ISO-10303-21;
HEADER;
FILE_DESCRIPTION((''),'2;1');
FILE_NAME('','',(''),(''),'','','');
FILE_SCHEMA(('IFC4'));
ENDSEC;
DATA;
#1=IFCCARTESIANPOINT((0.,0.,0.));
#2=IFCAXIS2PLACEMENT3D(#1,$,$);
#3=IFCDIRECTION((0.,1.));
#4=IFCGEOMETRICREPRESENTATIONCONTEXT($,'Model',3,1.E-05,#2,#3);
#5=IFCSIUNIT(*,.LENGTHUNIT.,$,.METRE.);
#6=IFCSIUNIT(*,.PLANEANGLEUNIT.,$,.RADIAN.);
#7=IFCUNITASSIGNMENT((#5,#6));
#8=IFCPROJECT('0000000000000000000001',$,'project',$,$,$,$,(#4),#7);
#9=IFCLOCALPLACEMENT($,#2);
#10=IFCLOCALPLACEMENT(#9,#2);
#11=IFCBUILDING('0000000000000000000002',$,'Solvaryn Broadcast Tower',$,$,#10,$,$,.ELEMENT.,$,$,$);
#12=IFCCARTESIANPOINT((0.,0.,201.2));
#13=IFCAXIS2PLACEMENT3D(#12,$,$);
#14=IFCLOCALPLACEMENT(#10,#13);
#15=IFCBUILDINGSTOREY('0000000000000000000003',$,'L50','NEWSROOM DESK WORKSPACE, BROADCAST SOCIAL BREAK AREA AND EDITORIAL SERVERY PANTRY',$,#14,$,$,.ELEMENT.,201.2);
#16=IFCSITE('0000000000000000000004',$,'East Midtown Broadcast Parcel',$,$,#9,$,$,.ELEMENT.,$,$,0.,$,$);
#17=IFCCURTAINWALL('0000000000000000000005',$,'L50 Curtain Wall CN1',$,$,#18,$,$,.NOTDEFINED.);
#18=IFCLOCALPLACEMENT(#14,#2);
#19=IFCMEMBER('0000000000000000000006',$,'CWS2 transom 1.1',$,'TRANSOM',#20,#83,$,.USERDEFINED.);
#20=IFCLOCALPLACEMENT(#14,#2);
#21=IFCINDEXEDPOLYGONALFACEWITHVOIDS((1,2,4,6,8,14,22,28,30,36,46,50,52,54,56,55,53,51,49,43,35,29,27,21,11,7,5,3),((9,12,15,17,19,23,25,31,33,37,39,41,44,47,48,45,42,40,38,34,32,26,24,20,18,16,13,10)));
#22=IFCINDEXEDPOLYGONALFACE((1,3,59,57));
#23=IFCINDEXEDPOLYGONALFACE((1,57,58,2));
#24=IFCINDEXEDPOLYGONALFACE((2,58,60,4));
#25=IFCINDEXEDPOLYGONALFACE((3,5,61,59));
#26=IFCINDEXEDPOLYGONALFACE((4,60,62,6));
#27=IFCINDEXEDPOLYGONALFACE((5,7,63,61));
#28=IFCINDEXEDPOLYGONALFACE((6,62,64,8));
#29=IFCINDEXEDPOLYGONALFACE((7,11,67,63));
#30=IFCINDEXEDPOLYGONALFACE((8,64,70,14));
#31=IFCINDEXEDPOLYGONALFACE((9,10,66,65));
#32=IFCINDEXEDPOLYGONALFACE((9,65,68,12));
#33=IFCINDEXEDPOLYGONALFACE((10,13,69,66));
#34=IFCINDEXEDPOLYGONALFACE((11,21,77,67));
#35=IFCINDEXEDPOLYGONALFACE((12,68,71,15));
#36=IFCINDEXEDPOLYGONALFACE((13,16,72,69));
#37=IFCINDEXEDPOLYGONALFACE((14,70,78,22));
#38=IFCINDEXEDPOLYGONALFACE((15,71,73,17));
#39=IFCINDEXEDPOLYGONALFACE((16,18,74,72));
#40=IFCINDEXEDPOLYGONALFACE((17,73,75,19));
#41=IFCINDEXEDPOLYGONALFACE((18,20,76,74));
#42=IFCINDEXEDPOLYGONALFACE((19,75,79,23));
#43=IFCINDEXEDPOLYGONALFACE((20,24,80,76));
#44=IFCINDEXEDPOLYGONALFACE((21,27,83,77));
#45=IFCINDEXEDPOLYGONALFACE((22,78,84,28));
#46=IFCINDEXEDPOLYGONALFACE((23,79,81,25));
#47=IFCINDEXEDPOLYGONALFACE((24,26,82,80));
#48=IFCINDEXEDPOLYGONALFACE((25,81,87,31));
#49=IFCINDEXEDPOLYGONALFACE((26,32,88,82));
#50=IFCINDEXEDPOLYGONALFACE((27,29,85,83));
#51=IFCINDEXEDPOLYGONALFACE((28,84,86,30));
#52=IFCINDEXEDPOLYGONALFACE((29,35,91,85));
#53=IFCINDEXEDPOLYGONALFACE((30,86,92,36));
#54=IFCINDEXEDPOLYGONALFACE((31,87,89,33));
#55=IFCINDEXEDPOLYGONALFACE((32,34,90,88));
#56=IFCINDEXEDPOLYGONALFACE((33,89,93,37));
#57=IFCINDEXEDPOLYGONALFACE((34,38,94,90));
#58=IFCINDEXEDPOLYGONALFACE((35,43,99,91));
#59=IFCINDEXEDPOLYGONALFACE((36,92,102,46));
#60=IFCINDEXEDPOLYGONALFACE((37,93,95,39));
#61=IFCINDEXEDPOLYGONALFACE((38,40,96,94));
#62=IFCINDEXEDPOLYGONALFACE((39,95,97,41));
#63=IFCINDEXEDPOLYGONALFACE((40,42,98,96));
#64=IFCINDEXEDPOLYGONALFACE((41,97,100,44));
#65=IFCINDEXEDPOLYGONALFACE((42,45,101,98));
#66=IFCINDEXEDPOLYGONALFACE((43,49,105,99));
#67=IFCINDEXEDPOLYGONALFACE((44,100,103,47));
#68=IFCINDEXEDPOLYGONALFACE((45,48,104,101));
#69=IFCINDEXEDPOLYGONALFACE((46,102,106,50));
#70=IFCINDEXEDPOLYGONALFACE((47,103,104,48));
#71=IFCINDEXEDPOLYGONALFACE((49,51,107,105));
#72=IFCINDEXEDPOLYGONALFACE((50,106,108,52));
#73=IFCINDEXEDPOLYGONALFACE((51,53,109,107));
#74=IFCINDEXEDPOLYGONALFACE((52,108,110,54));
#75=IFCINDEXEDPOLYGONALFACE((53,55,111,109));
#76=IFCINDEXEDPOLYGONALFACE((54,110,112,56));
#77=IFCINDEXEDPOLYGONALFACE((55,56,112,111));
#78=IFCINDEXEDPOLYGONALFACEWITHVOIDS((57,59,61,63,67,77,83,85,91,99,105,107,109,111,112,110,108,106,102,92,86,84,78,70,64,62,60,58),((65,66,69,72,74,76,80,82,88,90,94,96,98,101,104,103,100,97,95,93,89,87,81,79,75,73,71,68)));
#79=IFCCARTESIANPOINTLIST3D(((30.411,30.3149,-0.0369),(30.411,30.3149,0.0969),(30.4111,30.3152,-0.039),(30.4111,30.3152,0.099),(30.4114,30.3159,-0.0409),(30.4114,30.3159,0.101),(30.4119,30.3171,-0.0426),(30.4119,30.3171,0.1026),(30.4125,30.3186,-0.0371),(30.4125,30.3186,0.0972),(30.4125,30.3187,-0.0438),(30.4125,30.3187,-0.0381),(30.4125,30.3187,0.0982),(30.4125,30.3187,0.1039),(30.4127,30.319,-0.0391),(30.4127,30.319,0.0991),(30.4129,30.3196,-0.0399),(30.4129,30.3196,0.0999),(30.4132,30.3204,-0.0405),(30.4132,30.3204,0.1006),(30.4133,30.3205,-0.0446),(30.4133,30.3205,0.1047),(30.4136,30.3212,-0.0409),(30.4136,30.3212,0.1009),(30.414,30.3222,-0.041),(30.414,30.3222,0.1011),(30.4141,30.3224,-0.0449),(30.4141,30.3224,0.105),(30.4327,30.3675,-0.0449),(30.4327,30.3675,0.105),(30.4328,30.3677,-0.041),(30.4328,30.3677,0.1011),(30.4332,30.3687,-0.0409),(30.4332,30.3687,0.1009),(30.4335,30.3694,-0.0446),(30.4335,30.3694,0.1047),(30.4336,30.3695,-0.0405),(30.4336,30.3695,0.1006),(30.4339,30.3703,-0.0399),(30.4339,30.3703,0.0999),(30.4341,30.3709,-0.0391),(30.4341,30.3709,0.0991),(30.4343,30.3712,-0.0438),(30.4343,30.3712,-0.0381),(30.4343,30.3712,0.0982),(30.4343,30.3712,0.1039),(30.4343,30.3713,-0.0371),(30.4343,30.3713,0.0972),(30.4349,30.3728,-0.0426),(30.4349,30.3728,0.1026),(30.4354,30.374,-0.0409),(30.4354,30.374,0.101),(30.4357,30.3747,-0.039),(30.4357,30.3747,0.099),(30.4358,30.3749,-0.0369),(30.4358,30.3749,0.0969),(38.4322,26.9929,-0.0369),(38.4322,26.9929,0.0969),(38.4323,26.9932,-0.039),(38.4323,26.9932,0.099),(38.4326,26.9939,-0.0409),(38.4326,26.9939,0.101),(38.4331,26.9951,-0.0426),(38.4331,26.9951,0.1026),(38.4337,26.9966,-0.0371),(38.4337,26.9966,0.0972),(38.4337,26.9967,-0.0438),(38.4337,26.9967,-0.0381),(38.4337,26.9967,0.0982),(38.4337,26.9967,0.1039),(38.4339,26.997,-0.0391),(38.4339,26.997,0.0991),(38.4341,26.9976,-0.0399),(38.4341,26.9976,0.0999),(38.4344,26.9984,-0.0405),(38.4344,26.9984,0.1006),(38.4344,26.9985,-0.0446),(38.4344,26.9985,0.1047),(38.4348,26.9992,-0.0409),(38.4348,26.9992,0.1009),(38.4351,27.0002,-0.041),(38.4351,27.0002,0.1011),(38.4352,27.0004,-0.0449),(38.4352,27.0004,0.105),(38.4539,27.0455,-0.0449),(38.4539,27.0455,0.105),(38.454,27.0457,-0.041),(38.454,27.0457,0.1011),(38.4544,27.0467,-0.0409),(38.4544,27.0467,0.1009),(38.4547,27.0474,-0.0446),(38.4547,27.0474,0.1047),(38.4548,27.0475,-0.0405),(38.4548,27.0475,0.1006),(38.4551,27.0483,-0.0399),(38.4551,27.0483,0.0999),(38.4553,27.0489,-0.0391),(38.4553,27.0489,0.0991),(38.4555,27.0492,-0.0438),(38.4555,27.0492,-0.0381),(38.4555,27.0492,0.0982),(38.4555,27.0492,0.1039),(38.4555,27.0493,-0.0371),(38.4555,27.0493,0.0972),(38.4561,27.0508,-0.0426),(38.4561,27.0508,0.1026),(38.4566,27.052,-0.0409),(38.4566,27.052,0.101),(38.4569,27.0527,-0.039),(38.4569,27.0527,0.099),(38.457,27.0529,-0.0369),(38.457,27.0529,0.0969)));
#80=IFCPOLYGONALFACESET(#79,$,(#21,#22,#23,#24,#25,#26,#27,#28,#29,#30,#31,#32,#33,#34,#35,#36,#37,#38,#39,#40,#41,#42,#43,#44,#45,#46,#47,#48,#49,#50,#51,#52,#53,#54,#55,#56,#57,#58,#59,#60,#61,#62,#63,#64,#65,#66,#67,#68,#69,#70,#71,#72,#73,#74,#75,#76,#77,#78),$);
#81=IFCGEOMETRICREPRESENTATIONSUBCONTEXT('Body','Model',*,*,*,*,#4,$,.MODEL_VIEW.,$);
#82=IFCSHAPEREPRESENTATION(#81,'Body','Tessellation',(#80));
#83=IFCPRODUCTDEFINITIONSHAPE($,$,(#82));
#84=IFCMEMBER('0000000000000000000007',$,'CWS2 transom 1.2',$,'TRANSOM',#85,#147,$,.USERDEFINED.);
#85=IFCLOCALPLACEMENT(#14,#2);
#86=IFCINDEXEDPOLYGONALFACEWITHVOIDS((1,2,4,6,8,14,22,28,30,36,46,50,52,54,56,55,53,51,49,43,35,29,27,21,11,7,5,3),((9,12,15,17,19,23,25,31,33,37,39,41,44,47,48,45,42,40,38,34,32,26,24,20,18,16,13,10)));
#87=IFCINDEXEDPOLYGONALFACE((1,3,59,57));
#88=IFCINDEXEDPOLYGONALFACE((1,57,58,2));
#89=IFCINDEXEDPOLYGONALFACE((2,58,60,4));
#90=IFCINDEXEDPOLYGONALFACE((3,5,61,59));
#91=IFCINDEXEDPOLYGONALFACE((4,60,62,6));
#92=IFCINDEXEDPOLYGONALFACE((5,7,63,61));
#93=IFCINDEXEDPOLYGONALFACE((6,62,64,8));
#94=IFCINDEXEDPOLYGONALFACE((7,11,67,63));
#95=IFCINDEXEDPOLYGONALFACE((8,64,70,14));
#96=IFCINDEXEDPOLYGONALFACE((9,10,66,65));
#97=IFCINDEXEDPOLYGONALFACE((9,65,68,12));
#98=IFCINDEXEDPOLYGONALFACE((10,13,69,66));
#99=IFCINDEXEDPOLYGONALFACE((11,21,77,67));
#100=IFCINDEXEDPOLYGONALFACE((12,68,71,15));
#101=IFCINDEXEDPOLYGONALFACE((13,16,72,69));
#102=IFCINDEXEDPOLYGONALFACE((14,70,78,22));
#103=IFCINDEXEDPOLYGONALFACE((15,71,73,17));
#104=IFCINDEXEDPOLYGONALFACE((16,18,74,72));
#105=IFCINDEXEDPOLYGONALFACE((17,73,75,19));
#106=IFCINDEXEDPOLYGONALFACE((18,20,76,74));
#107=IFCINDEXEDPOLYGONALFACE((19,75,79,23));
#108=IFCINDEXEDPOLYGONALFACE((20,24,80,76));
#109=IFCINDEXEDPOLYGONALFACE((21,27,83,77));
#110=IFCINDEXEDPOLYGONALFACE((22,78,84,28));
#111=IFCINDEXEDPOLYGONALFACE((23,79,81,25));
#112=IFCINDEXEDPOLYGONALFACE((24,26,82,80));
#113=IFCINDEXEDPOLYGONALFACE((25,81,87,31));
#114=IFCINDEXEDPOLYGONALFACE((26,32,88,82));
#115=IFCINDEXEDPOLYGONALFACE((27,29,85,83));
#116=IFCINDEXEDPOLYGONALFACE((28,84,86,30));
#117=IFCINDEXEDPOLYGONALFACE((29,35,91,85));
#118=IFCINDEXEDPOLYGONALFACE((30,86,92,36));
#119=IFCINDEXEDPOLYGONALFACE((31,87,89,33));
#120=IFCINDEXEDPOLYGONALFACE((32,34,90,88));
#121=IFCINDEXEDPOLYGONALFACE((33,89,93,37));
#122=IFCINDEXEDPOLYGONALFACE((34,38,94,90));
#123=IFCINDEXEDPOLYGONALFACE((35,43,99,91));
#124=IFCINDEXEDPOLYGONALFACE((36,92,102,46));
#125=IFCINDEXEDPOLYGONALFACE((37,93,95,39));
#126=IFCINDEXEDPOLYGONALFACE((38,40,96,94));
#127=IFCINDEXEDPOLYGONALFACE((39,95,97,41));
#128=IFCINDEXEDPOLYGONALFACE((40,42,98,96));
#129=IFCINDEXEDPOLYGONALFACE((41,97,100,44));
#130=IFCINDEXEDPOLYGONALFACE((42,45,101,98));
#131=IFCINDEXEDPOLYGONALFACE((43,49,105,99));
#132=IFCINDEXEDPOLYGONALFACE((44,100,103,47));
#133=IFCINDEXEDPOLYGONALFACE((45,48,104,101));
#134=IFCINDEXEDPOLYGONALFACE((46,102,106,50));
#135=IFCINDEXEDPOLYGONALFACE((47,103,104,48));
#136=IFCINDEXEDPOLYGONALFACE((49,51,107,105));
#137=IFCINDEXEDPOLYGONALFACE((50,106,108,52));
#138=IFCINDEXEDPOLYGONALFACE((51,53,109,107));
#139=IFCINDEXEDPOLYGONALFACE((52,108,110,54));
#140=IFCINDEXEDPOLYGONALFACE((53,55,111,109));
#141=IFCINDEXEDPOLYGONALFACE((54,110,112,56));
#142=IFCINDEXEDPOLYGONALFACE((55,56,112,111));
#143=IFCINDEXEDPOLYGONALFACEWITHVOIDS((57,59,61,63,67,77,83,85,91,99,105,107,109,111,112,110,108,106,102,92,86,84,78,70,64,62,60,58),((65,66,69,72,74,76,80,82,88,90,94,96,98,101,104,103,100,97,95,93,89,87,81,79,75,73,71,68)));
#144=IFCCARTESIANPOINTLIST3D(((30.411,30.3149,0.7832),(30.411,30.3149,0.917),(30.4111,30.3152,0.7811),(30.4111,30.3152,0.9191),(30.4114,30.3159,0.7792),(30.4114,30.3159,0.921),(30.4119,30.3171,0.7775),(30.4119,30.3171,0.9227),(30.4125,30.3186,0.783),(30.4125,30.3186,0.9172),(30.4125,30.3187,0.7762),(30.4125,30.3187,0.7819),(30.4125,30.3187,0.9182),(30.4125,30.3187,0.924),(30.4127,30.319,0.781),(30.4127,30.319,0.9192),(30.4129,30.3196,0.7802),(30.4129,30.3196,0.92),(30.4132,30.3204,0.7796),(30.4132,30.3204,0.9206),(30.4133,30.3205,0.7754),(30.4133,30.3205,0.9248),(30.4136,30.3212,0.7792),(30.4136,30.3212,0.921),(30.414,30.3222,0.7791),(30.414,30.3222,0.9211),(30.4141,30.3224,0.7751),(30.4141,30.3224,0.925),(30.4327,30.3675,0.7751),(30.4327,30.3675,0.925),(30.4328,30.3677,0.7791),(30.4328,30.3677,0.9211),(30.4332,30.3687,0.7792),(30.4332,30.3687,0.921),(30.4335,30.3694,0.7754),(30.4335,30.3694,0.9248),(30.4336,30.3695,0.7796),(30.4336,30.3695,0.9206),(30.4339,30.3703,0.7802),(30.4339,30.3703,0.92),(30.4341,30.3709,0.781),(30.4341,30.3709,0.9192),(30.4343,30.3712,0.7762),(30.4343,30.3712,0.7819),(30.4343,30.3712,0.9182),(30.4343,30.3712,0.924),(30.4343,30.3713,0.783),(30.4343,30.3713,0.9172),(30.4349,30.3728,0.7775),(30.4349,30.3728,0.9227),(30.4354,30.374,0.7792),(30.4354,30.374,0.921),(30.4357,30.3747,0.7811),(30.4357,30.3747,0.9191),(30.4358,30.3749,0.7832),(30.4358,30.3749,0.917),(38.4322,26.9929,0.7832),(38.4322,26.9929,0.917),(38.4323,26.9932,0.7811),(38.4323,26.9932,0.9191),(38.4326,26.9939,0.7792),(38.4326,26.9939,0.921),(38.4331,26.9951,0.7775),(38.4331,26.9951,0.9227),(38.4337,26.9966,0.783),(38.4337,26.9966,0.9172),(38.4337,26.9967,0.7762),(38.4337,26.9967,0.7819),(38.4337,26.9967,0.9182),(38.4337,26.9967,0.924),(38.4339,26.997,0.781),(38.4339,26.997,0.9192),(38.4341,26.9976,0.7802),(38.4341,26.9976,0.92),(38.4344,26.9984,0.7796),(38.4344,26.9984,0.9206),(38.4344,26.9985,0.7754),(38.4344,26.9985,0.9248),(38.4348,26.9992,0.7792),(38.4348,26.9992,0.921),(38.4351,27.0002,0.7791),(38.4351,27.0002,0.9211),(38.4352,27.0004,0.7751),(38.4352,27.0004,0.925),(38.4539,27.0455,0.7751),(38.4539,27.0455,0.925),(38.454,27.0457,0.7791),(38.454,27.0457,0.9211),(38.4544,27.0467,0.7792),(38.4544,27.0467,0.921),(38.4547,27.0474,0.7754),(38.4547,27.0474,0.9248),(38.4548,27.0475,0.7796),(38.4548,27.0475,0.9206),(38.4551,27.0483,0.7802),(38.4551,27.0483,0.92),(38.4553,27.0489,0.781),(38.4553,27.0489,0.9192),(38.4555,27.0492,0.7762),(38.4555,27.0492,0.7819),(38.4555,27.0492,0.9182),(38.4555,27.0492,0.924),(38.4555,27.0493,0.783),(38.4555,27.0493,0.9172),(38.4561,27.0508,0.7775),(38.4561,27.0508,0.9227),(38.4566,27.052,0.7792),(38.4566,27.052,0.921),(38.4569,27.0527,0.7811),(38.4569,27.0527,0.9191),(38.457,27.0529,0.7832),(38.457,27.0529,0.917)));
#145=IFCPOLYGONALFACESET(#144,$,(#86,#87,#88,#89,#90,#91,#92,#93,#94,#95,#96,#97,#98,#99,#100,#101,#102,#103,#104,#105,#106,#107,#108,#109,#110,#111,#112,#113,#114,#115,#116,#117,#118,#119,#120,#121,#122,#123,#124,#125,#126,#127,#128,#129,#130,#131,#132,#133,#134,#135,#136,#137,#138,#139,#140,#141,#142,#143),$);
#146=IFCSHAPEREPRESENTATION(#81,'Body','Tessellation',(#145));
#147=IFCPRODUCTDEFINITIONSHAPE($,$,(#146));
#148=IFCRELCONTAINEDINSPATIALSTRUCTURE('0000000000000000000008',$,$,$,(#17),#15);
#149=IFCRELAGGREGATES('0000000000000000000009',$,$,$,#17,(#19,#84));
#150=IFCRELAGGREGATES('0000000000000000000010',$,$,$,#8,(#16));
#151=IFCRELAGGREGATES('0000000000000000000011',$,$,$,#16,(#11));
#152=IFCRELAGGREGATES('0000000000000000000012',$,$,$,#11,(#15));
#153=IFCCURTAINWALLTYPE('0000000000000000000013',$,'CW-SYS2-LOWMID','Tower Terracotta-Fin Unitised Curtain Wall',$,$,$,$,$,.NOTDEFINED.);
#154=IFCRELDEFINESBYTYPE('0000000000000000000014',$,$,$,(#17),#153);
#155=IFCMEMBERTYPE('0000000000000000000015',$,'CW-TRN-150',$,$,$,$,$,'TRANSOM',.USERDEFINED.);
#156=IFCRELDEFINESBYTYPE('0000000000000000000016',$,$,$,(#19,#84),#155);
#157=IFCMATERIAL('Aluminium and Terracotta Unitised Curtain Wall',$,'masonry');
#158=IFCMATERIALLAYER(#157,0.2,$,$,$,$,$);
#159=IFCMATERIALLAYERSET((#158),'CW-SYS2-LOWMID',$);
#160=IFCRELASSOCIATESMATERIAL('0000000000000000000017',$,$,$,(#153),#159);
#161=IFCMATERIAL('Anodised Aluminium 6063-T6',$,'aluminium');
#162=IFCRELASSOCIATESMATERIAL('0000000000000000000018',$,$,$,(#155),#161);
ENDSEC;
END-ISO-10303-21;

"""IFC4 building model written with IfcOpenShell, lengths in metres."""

from ifc_helpers import new_model, si_unit, direction, frame, origin, origin_2d, place, context, subcontext, project, spatial, hollow_rectangle, extrude, material, layer, layer_set, material_profile, profile_set, type_object, element, aggregate, save


model = new_model("IFC4")

# Units and contexts
model_context = context("Model", 3, precision=1e-05, world=origin(), true_north=direction((0.0, 1.0)))
body_context = subcontext(model_context, "Body", "Model", "MODEL_VIEW")
ifc_project = project(units=[si_unit("LENGTHUNIT", "METRE"), si_unit("PLANEANGLEUNIT", "RADIAN")], contexts=[model_context])

# Site, building, storey
site_placement = place(None, origin())
site = spatial("IfcSite", under=ifc_project, at=site_placement, Name="East Midtown Broadcast Parcel", CompositionType="ELEMENT", RefElevation=0.0)
building_placement = place(site_placement, origin())
building = spatial("IfcBuilding", under=site, at=building_placement, Name="Solvaryn Broadcast Tower", CompositionType="ELEMENT")
storey_placement = place(building_placement, frame((0.0, 0.0, 201.2)))
storey = spatial("IfcBuildingStorey", under=building, at=storey_placement, Name="L50", Description="NEWSROOM DESK WORKSPACE, BROADCAST SOCIAL BREAK AREA AND EDITORIAL SERVERY PANTRY", CompositionType="ELEMENT", Elevation=201.2)

# Curtain wall
ifc_material_1 = material(Name="Aluminium and Terracotta Unitised Curtain Wall", Category="masonry")
ifc_layer_1 = layer(ifc_material_1, 0.2)
ifc_layer_set_1 = layer_set([ifc_layer_1], Name="CW-SYS2-LOWMID")
curtain_wall_type = type_object("IfcCurtainWallType", Name="CW-SYS2-LOWMID", Description="Tower Terracotta-Fin Unitised Curtain Wall", PredefinedType="NOTDEFINED", material=ifc_layer_set_1)
curtain_wall_1_placement = place(storey_placement, origin())
curtain_wall_1 = element("IfcCurtainWall", 1, at=curtain_wall_1_placement, inside=storey, type_object=curtain_wall_type, Name="L50 Curtain Wall CN1", PredefinedType="NOTDEFINED")

# Members
ifc_material_2 = material(Name="Anodised Aluminium 6063-T6", Category="aluminium")
ifc_material_profile_1 = material_profile(ifc_material_2, hollow_rectangle(XDim=0.0649, YDim=0.1499, WallThickness=0.0039, InnerFilletRadius=0.0039, OuterFilletRadius=0.0081, at=origin_2d()))
ifc_profile_set_1 = profile_set([ifc_material_profile_1], Name="Anodised Aluminium 6063-T6")
member_type_1 = type_object("IfcMemberType", Name="CW-TRN-150", ElementType="TRANSOM", PredefinedType="USERDEFINED", material=ifc_profile_set_1)
member_1_placement = place(storey_placement, frame((38.4446, 27.0229, 0.03), z_axis=(-0.923899, 0.382636, 0.0), x_axis=(-0.382636, -0.923899, 0.0)))
member_1 = element("IfcMember", 2, at=member_1_placement, type_object=member_type_1, Name="CWS2 transom 1.1", ObjectType="TRANSOM", PredefinedType="USERDEFINED", context=body_context, shape_type="SweptSolid", body=[
    extrude(hollow_rectangle(XDim=0.0649, YDim=0.1499, WallThickness=0.0039, InnerFilletRadius=0.0039, OuterFilletRadius=0.0081, at=origin_2d()), origin(), (0.0, 0.0, 1.0), 8.6819),
])
member_2_placement = place(storey_placement, frame((38.4446, 27.0229, 0.8501), z_axis=(-0.923899, 0.382636, 0.0), x_axis=(-0.382636, -0.923899, 0.0)))
member_2 = element("IfcMember", 3, at=member_2_placement, type_object=member_type_1, Name="CWS2 transom 1.2", ObjectType="TRANSOM", PredefinedType="USERDEFINED", context=body_context, shape_type="SweptSolid", body=[
    extrude(hollow_rectangle(XDim=0.0649, YDim=0.1499, WallThickness=0.0039, InnerFilletRadius=0.0039, OuterFilletRadius=0.0081, at=origin_2d()), origin(), (0.0, 0.0, 1.0), 8.6819),
])

aggregate(curtain_wall_1, [member_1, member_2])

save(model, "model.ifc")
